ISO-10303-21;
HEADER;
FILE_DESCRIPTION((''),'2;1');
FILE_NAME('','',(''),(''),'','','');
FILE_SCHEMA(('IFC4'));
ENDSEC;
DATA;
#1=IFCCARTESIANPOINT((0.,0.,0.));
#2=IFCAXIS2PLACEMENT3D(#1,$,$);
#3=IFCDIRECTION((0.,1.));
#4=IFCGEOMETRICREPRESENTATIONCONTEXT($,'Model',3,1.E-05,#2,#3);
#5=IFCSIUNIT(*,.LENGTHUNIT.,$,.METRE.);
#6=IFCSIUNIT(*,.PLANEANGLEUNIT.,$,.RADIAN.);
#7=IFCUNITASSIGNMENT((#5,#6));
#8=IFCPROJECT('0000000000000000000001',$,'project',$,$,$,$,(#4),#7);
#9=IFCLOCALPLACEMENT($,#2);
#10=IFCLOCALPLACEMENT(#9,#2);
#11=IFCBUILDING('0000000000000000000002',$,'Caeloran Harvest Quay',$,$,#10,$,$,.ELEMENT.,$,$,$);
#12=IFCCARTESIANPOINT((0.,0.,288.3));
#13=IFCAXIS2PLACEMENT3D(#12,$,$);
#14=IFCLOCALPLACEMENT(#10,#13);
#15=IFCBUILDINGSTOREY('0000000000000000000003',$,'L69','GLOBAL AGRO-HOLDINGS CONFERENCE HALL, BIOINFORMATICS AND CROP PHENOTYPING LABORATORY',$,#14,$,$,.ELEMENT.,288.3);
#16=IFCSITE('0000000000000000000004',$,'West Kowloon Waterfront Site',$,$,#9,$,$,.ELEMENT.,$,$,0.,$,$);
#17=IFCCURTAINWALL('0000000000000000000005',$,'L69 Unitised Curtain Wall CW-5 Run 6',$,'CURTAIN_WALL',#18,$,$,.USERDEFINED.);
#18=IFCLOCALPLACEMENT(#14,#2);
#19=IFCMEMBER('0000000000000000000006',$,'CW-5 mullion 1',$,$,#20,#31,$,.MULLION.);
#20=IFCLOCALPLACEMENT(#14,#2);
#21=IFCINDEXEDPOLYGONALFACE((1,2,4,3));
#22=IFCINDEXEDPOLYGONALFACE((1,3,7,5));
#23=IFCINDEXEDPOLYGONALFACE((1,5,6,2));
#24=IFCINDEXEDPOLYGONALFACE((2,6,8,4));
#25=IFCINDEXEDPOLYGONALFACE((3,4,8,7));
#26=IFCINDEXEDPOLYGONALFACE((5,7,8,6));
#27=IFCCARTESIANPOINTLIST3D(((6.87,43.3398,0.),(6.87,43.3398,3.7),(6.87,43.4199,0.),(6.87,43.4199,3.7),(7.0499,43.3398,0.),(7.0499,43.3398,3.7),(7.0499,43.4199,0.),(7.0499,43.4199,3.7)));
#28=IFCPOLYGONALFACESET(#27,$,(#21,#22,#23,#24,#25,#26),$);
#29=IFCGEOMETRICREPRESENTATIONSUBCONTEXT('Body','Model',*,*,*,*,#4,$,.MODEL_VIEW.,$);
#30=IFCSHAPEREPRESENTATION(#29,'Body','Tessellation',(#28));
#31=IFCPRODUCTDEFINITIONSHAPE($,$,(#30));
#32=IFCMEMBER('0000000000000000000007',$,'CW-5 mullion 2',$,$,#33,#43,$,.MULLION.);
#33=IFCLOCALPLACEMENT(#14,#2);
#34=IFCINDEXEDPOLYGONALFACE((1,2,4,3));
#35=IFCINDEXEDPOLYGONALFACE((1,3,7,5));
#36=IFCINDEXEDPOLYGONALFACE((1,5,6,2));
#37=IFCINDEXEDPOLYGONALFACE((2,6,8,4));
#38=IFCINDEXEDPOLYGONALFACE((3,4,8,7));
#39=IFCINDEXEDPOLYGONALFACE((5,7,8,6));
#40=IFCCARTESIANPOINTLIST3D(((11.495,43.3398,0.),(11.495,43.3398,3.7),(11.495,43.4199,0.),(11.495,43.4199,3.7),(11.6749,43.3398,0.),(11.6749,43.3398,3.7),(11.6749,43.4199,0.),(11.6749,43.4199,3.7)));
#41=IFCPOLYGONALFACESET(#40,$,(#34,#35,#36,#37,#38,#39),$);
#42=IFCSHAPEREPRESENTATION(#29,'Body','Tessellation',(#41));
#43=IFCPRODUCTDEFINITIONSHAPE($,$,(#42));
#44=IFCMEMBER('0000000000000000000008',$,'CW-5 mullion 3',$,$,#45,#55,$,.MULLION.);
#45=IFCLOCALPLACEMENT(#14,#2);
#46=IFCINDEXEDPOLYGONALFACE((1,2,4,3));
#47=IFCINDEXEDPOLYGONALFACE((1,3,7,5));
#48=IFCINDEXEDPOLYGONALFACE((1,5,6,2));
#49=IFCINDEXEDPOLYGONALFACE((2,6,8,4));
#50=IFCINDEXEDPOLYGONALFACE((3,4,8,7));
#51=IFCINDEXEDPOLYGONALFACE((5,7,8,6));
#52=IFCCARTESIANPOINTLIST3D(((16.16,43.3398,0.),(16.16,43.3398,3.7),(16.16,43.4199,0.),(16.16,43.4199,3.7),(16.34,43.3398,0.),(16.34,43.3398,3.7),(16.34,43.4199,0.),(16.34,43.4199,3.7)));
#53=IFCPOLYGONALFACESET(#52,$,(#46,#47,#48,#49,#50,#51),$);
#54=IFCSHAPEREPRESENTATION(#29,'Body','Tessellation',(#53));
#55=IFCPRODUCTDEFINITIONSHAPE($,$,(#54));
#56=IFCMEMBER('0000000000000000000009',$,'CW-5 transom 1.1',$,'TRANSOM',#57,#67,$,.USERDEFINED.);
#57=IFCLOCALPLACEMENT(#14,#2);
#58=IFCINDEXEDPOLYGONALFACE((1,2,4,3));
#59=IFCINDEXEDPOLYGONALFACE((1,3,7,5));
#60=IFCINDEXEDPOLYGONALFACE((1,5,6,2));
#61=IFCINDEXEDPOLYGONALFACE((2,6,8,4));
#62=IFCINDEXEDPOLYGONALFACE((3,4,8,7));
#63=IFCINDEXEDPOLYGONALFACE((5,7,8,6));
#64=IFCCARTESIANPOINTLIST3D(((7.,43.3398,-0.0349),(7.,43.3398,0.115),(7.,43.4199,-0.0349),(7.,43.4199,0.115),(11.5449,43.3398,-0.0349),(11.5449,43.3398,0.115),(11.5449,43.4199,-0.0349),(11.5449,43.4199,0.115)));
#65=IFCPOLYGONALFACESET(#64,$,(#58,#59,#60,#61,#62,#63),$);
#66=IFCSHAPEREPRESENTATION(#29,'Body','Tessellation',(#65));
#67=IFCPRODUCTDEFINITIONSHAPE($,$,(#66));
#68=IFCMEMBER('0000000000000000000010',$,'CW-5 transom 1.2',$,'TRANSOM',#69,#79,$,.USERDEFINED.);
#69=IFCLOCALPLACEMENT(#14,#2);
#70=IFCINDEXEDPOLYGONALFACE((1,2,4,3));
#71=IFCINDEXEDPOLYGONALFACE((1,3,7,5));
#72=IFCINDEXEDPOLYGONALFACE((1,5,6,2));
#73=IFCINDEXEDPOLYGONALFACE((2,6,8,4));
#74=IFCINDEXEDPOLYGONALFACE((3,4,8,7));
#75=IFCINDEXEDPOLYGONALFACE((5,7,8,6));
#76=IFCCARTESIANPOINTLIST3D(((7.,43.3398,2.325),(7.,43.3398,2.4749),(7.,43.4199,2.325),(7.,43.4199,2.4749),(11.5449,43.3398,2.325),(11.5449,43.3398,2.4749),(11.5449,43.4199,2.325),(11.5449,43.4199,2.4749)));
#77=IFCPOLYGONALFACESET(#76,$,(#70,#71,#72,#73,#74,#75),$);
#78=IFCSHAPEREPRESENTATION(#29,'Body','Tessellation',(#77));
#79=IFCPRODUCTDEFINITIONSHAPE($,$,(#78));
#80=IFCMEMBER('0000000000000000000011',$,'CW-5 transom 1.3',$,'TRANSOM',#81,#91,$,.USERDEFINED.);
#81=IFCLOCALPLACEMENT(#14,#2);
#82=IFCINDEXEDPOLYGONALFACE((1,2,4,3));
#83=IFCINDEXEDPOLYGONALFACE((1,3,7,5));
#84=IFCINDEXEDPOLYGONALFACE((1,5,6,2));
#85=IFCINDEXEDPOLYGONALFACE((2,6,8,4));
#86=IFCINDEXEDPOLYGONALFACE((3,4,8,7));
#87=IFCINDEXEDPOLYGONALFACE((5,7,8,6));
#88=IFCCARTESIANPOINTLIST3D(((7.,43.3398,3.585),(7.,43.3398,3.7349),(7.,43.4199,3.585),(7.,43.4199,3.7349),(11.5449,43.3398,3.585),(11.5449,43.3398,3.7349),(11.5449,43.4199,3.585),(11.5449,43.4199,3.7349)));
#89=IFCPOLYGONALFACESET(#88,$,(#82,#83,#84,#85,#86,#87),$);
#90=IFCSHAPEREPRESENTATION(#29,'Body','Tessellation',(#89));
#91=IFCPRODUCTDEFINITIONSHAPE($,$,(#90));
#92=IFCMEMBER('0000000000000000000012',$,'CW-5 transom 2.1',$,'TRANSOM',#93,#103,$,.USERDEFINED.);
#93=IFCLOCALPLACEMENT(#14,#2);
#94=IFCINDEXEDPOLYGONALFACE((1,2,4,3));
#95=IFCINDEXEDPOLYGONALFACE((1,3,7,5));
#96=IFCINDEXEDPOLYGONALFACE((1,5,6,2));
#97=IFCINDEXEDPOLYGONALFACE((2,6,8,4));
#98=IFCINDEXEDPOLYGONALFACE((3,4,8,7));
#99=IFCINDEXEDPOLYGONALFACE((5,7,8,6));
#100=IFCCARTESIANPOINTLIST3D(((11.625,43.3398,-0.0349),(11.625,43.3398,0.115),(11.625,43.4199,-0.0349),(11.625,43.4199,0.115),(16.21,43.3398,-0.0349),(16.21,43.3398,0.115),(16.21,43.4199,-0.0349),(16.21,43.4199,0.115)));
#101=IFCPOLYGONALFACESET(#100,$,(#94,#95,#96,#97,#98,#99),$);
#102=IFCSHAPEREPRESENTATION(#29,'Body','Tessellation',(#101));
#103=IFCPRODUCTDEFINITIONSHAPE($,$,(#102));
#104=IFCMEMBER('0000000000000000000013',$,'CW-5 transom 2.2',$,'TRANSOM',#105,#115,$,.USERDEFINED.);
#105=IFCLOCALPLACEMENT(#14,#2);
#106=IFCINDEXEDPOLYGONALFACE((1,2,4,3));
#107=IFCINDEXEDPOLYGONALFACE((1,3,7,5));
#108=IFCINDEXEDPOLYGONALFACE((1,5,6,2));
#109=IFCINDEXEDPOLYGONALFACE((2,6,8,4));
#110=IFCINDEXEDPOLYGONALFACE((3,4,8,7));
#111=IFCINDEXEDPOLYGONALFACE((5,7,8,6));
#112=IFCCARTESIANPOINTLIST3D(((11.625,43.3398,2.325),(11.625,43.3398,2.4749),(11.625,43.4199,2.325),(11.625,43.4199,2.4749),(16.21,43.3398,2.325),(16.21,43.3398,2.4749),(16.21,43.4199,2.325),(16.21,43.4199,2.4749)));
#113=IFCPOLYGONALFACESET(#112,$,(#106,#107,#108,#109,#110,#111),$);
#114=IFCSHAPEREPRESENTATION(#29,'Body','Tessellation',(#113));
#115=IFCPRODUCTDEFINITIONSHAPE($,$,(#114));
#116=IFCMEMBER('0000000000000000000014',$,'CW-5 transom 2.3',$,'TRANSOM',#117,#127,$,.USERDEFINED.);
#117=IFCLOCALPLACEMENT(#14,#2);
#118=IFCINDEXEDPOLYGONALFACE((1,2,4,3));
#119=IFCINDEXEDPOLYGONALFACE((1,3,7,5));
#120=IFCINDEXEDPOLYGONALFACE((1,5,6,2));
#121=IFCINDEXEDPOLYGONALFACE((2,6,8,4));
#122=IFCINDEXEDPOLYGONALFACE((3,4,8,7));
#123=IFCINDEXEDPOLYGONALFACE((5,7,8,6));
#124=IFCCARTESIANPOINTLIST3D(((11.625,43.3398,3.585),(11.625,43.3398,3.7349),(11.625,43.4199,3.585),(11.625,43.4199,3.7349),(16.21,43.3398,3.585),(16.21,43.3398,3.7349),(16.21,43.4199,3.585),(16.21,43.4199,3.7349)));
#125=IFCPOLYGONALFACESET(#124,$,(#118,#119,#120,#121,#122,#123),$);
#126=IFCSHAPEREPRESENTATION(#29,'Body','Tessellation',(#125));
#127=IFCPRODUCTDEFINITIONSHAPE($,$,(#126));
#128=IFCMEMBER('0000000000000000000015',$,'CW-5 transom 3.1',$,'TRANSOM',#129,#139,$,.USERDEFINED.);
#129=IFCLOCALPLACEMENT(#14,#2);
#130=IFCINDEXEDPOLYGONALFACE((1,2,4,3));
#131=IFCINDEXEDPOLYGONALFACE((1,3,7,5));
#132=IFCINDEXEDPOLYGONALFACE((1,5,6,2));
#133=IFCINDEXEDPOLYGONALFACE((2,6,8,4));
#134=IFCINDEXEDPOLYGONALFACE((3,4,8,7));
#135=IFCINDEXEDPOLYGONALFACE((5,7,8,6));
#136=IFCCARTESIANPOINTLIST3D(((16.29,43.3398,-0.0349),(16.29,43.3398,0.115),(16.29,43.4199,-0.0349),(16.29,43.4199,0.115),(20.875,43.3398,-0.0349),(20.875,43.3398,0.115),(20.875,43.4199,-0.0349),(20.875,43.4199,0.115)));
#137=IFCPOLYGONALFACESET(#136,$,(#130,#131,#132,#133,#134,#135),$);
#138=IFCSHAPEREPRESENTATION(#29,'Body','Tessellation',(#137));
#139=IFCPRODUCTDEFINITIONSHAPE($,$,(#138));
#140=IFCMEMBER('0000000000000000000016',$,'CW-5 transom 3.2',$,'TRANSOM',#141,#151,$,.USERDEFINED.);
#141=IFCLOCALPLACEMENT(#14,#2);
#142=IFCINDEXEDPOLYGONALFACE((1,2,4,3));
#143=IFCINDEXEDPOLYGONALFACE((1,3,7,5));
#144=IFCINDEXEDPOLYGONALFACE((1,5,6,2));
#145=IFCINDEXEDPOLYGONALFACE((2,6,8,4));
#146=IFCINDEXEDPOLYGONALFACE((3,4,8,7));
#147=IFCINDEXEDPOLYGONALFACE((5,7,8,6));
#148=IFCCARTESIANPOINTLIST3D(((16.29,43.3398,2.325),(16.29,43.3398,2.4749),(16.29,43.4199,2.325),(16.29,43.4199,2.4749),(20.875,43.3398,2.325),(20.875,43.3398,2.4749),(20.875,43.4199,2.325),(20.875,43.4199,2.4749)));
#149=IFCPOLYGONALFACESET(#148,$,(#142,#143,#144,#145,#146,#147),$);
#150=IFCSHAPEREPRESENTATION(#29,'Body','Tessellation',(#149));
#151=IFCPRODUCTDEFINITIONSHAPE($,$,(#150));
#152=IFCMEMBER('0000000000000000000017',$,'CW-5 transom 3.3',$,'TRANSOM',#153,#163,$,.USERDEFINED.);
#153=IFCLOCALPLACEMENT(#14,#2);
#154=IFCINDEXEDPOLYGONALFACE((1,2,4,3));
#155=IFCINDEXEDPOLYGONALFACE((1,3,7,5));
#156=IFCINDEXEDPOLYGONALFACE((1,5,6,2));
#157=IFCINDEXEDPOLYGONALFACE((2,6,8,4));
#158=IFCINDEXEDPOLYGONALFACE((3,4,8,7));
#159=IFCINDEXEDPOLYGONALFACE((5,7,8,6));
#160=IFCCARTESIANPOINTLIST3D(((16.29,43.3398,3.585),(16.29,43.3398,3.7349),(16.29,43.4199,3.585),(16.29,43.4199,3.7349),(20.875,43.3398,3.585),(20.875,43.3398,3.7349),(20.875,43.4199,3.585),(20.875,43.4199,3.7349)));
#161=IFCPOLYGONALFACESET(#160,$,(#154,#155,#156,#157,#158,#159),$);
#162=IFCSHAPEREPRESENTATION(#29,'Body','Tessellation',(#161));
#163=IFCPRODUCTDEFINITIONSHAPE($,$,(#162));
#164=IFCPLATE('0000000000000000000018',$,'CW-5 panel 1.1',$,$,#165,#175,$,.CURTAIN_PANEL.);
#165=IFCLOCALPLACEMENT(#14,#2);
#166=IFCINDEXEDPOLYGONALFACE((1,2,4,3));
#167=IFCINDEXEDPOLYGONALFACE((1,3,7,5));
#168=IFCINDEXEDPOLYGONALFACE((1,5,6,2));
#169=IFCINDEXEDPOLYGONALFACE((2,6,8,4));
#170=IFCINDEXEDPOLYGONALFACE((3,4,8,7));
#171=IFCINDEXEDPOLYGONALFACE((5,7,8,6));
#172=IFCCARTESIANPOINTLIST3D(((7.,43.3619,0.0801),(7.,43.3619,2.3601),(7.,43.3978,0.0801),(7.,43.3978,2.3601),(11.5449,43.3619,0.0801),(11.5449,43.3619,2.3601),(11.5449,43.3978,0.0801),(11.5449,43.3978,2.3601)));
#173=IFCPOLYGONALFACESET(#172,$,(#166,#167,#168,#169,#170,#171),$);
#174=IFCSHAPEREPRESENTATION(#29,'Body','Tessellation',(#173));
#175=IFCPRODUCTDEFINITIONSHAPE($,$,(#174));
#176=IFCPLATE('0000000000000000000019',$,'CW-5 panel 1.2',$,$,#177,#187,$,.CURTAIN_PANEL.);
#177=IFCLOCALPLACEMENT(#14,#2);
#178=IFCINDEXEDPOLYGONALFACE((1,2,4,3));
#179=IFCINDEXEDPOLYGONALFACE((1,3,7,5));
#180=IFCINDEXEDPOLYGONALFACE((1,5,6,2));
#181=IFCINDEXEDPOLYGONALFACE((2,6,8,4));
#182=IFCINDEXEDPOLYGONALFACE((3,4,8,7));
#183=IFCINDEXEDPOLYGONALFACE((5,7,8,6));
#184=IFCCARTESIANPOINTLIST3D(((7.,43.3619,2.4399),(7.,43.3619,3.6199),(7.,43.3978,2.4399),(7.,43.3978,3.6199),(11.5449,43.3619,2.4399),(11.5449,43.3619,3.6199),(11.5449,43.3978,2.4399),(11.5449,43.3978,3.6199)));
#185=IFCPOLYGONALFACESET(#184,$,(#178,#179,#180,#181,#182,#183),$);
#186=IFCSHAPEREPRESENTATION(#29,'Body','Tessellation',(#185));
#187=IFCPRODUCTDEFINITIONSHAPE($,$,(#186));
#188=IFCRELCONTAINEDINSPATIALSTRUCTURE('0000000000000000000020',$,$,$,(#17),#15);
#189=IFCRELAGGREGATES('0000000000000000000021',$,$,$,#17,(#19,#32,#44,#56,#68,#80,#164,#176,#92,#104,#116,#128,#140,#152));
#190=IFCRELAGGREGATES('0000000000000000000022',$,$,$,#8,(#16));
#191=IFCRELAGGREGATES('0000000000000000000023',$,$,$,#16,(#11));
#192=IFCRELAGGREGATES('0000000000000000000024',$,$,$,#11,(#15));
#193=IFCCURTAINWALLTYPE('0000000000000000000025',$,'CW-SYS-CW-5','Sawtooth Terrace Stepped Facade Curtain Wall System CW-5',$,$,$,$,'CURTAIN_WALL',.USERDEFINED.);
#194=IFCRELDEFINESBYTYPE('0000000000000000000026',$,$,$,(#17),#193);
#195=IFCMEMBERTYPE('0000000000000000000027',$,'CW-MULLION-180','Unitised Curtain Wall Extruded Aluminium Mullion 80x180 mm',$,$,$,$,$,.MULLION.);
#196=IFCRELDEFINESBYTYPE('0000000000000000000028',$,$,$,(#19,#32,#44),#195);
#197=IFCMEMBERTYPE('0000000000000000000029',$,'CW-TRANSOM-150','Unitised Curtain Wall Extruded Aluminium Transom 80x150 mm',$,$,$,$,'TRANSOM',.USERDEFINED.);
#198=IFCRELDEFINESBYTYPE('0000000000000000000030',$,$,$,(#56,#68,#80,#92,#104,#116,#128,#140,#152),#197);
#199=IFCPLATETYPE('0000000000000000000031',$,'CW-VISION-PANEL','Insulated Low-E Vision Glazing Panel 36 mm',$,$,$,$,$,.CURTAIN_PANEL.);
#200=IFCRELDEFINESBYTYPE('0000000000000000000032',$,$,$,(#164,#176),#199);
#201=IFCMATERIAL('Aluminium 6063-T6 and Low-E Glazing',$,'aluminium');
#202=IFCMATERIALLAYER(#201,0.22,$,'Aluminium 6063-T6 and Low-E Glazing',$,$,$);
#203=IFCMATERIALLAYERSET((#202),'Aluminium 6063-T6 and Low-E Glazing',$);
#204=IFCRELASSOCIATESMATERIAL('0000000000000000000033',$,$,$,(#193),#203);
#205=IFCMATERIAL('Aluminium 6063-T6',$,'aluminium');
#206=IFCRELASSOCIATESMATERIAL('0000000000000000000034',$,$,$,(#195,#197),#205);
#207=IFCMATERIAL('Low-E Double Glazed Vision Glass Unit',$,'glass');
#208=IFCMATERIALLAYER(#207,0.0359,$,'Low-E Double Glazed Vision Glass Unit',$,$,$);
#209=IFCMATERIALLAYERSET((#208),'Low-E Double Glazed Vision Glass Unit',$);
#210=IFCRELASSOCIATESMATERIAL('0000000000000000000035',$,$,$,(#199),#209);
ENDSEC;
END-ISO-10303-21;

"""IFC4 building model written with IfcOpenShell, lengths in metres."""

from ifc_helpers import new_model, si_unit, direction, frame, origin, origin_2d, place, context, subcontext, project, spatial, rectangle, extrude, material, layer, layer_set, material_profile, profile_set, type_object, element, aggregate, save


model = new_model("IFC4")

# Units and contexts
model_context = context("Model", 3, precision=1e-05, world=origin(), true_north=direction((0.0, 1.0)))
body_context = subcontext(model_context, "Body", "Model", "MODEL_VIEW")
ifc_project = project(units=[si_unit("LENGTHUNIT", "METRE"), si_unit("PLANEANGLEUNIT", "RADIAN")], contexts=[model_context])

# Site, building, storey
site_placement = place(None, origin())
site = spatial("IfcSite", under=ifc_project, at=site_placement, Name="West Kowloon Waterfront Site", CompositionType="ELEMENT", RefElevation=0.0)
building_placement = place(site_placement, origin())
building = spatial("IfcBuilding", under=site, at=building_placement, Name="Caeloran Harvest Quay", CompositionType="ELEMENT")
storey_placement = place(building_placement, frame((0.0, 0.0, 288.3)))
storey = spatial("IfcBuildingStorey", under=building, at=storey_placement, Name="L69", Description="GLOBAL AGRO-HOLDINGS CONFERENCE HALL, BIOINFORMATICS AND CROP PHENOTYPING LABORATORY", CompositionType="ELEMENT", Elevation=288.3)

# Curtain wall, members, plates
ifc_material_1 = material(Name="Aluminium 6063-T6 and Low-E Glazing", Category="aluminium")
ifc_layer_1 = layer(ifc_material_1, 0.22, Name="Aluminium 6063-T6 and Low-E Glazing")
ifc_layer_set_1 = layer_set([ifc_layer_1], Name="Aluminium 6063-T6 and Low-E Glazing")
curtain_wall_type = type_object("IfcCurtainWallType", Name="CW-SYS-CW-5", Description="Sawtooth Terrace Stepped Facade Curtain Wall System CW-5", ElementType="CURTAIN_WALL", PredefinedType="USERDEFINED", material=ifc_layer_set_1)
curtain_wall_placement = place(storey_placement, origin())
curtain_wall = element("IfcCurtainWall", 1, at=curtain_wall_placement, inside=storey, type_object=curtain_wall_type, Name="L69 Unitised Curtain Wall CW-5 Run 6", ObjectType="CURTAIN_WALL", PredefinedType="USERDEFINED")
ifc_material_2 = material(Name="Aluminium 6063-T6", Category="aluminium")
ifc_material_profile_1 = material_profile(ifc_material_2, rectangle(XDim=0.0801, YDim=0.1799, at=origin_2d()), Name="CW-MULLION-180")
ifc_profile_set_1 = profile_set([ifc_material_profile_1], Name="Aluminium 6063-T6")
member_type_1 = type_object("IfcMemberType", Name="CW-MULLION-180", Description="Unitised Curtain Wall Extruded Aluminium Mullion 80x180 mm", PredefinedType="MULLION", material=ifc_profile_set_1)
member_1_placement = place(storey_placement, frame((6.96, 43.3799, 0.0), z_axis=(0.0, 0.0, 1.0), x_axis=(0.0, 1.0, 0.0)))
member_1 = element("IfcMember", 2, at=member_1_placement, type_object=member_type_1, Name="CW-5 mullion 1", PredefinedType="MULLION", context=body_context, shape_type="SweptSolid", body=[
    extrude(rectangle(XDim=0.0801, YDim=0.1799, at=origin_2d()), origin(), (0.0, 0.0, 1.0), 3.7),
])
member_2_placement = place(storey_placement, frame((11.585, 43.3799, 0.0), z_axis=(0.0, 0.0, 1.0), x_axis=(0.0, 1.0, 0.0)))
member_2 = element("IfcMember", 3, at=member_2_placement, type_object=member_type_1, Name="CW-5 mullion 2", PredefinedType="MULLION", context=body_context, shape_type="SweptSolid", body=[
    extrude(rectangle(XDim=0.0801, YDim=0.1799, at=origin_2d()), origin(), (0.0, 0.0, 1.0), 3.7),
])
member_3_placement = place(storey_placement, frame((16.25, 43.3799, 0.0), z_axis=(0.0, 0.0, 1.0), x_axis=(0.0, 1.0, 0.0)))
member_3 = element("IfcMember", 4, at=member_3_placement, type_object=member_type_1, Name="CW-5 mullion 3", PredefinedType="MULLION", context=body_context, shape_type="SweptSolid", body=[
    extrude(rectangle(XDim=0.0801, YDim=0.1799, at=origin_2d()), origin(), (0.0, 0.0, 1.0), 3.7),
])
ifc_material_profile_2 = material_profile(ifc_material_2, rectangle(XDim=0.0801, YDim=0.1499, at=origin_2d()), Name="CW-TRANSOM-150")
ifc_profile_set_2 = profile_set([ifc_material_profile_2], Name="Aluminium 6063-T6")
member_type_2 = type_object("IfcMemberType", Name="CW-TRANSOM-150", Description="Unitised Curtain Wall Extruded Aluminium Transom 80x150 mm", ElementType="TRANSOM", PredefinedType="USERDEFINED", material=ifc_profile_set_2)
member_4_placement = place(storey_placement, frame((7.0, 43.3799, 0.04), z_axis=(1.0, 0.0, 0.0), x_axis=(0.0, 1.0, 0.0)))
member_4 = element("IfcMember", 5, at=member_4_placement, type_object=member_type_2, Name="CW-5 transom 1.1", ObjectType="TRANSOM", PredefinedType="USERDEFINED", context=body_context, shape_type="SweptSolid", body=[
    extrude(rectangle(XDim=0.0801, YDim=0.1499, at=origin_2d()), origin(), (0.0, 0.0, 1.0), 4.5449),
])
member_5_placement = place(storey_placement, frame((7.0, 43.3799, 2.3999), z_axis=(1.0, 0.0, 0.0), x_axis=(0.0, 1.0, 0.0)))
member_5 = element("IfcMember", 6, at=member_5_placement, type_object=member_type_2, Name="CW-5 transom 1.2", ObjectType="TRANSOM", PredefinedType="USERDEFINED", context=body_context, shape_type="SweptSolid", body=[
    extrude(rectangle(XDim=0.0801, YDim=0.1499, at=origin_2d()), origin(), (0.0, 0.0, 1.0), 4.5449),
])
member_6_placement = place(storey_placement, frame((7.0, 43.3799, 3.6599), z_axis=(1.0, 0.0, 0.0), x_axis=(0.0, 1.0, 0.0)))
member_6 = element("IfcMember", 7, at=member_6_placement, type_object=member_type_2, Name="CW-5 transom 1.3", ObjectType="TRANSOM", PredefinedType="USERDEFINED", context=body_context, shape_type="SweptSolid", body=[
    extrude(rectangle(XDim=0.0801, YDim=0.1499, at=origin_2d()), origin(), (0.0, 0.0, 1.0), 4.5449),
])
member_7_placement = place(storey_placement, frame((11.625, 43.3799, 0.04), z_axis=(1.0, 0.0, 0.0), x_axis=(0.0, 1.0, 0.0)))
member_7 = element("IfcMember", 8, at=member_7_placement, type_object=member_type_2, Name="CW-5 transom 2.1", ObjectType="TRANSOM", PredefinedType="USERDEFINED", context=body_context, shape_type="SweptSolid", body=[
    extrude(rectangle(XDim=0.0801, YDim=0.1499, at=origin_2d()), origin(), (0.0, 0.0, 1.0), 4.585),
])
member_8_placement = place(storey_placement, frame((11.625, 43.3799, 2.3999), z_axis=(1.0, 0.0, 0.0), x_axis=(0.0, 1.0, 0.0)))
member_8 = element("IfcMember", 9, at=member_8_placement, type_object=member_type_2, Name="CW-5 transom 2.2", ObjectType="TRANSOM", PredefinedType="USERDEFINED", context=body_context, shape_type="SweptSolid", body=[
    extrude(rectangle(XDim=0.0801, YDim=0.1499, at=origin_2d()), origin(), (0.0, 0.0, 1.0), 4.585),
])
member_9_placement = place(storey_placement, frame((11.625, 43.3799, 3.6599), z_axis=(1.0, 0.0, 0.0), x_axis=(0.0, 1.0, 0.0)))
member_9 = element("IfcMember", 10, at=member_9_placement, type_object=member_type_2, Name="CW-5 transom 2.3", ObjectType="TRANSOM", PredefinedType="USERDEFINED", context=body_context, shape_type="SweptSolid", body=[
    extrude(rectangle(XDim=0.0801, YDim=0.1499, at=origin_2d()), origin(), (0.0, 0.0, 1.0), 4.585),
])
member_10_placement = place(storey_placement, frame((16.29, 43.3799, 0.04), z_axis=(1.0, 0.0, 0.0), x_axis=(0.0, 1.0, 0.0)))
member_10 = element("IfcMember", 11, at=member_10_placement, type_object=member_type_2, Name="CW-5 transom 3.1", ObjectType="TRANSOM", PredefinedType="USERDEFINED", context=body_context, shape_type="SweptSolid", body=[
    extrude(rectangle(XDim=0.0801, YDim=0.1499, at=origin_2d()), origin(), (0.0, 0.0, 1.0), 4.585),
])
member_11_placement = place(storey_placement, frame((16.29, 43.3799, 2.3999), z_axis=(1.0, 0.0, 0.0), x_axis=(0.0, 1.0, 0.0)))
member_11 = element("IfcMember", 12, at=member_11_placement, type_object=member_type_2, Name="CW-5 transom 3.2", ObjectType="TRANSOM", PredefinedType="USERDEFINED", context=body_context, shape_type="SweptSolid", body=[
    extrude(rectangle(XDim=0.0801, YDim=0.1499, at=origin_2d()), origin(), (0.0, 0.0, 1.0), 4.585),
])
member_12_placement = place(storey_placement, frame((16.29, 43.3799, 3.6599), z_axis=(1.0, 0.0, 0.0), x_axis=(0.0, 1.0, 0.0)))
member_12 = element("IfcMember", 13, at=member_12_placement, type_object=member_type_2, Name="CW-5 transom 3.3", ObjectType="TRANSOM", PredefinedType="USERDEFINED", context=body_context, shape_type="SweptSolid", body=[
    extrude(rectangle(XDim=0.0801, YDim=0.1499, at=origin_2d()), origin(), (0.0, 0.0, 1.0), 4.585),
])
ifc_material_3 = material(Name="Low-E Double Glazed Vision Glass Unit", Category="glass")
ifc_layer_2 = layer(ifc_material_3, 0.0359, Name="Low-E Double Glazed Vision Glass Unit")
ifc_layer_set_2 = layer_set([ifc_layer_2], Name="Low-E Double Glazed Vision Glass Unit")
plate_type = type_object("IfcPlateType", Name="CW-VISION-PANEL", Description="Insulated Low-E Vision Glazing Panel 36 mm", PredefinedType="CURTAIN_PANEL", material=ifc_layer_set_2)
plate_1_placement = place(storey_placement, frame((9.2725, 43.3799, 0.0801), z_axis=(0.0, 0.0, 1.0), x_axis=(1.0, 0.0, 0.0)))
plate_1 = element("IfcPlate", 14, at=plate_1_placement, type_object=plate_type, Name="CW-5 panel 1.1", PredefinedType="CURTAIN_PANEL", context=body_context, shape_type="SweptSolid", body=[
    extrude(rectangle(XDim=4.5449, YDim=0.0359, at=origin_2d()), origin(), (0.0, 0.0, 1.0), 2.28),
])
plate_2_placement = place(storey_placement, frame((9.2725, 43.3799, 2.4399), z_axis=(0.0, 0.0, 1.0), x_axis=(1.0, 0.0, 0.0)))
plate_2 = element("IfcPlate", 15, at=plate_2_placement, type_object=plate_type, Name="CW-5 panel 1.2", PredefinedType="CURTAIN_PANEL", context=body_context, shape_type="SweptSolid", body=[
    extrude(rectangle(XDim=4.5449, YDim=0.0359, at=origin_2d()), origin(), (0.0, 0.0, 1.0), 1.1799),
])
aggregate(curtain_wall, [member_1, member_2, member_3, member_4, member_5, member_6, plate_1, plate_2, member_7, member_8, member_9, member_10, member_11, member_12])

save(model, "model.ifc")
